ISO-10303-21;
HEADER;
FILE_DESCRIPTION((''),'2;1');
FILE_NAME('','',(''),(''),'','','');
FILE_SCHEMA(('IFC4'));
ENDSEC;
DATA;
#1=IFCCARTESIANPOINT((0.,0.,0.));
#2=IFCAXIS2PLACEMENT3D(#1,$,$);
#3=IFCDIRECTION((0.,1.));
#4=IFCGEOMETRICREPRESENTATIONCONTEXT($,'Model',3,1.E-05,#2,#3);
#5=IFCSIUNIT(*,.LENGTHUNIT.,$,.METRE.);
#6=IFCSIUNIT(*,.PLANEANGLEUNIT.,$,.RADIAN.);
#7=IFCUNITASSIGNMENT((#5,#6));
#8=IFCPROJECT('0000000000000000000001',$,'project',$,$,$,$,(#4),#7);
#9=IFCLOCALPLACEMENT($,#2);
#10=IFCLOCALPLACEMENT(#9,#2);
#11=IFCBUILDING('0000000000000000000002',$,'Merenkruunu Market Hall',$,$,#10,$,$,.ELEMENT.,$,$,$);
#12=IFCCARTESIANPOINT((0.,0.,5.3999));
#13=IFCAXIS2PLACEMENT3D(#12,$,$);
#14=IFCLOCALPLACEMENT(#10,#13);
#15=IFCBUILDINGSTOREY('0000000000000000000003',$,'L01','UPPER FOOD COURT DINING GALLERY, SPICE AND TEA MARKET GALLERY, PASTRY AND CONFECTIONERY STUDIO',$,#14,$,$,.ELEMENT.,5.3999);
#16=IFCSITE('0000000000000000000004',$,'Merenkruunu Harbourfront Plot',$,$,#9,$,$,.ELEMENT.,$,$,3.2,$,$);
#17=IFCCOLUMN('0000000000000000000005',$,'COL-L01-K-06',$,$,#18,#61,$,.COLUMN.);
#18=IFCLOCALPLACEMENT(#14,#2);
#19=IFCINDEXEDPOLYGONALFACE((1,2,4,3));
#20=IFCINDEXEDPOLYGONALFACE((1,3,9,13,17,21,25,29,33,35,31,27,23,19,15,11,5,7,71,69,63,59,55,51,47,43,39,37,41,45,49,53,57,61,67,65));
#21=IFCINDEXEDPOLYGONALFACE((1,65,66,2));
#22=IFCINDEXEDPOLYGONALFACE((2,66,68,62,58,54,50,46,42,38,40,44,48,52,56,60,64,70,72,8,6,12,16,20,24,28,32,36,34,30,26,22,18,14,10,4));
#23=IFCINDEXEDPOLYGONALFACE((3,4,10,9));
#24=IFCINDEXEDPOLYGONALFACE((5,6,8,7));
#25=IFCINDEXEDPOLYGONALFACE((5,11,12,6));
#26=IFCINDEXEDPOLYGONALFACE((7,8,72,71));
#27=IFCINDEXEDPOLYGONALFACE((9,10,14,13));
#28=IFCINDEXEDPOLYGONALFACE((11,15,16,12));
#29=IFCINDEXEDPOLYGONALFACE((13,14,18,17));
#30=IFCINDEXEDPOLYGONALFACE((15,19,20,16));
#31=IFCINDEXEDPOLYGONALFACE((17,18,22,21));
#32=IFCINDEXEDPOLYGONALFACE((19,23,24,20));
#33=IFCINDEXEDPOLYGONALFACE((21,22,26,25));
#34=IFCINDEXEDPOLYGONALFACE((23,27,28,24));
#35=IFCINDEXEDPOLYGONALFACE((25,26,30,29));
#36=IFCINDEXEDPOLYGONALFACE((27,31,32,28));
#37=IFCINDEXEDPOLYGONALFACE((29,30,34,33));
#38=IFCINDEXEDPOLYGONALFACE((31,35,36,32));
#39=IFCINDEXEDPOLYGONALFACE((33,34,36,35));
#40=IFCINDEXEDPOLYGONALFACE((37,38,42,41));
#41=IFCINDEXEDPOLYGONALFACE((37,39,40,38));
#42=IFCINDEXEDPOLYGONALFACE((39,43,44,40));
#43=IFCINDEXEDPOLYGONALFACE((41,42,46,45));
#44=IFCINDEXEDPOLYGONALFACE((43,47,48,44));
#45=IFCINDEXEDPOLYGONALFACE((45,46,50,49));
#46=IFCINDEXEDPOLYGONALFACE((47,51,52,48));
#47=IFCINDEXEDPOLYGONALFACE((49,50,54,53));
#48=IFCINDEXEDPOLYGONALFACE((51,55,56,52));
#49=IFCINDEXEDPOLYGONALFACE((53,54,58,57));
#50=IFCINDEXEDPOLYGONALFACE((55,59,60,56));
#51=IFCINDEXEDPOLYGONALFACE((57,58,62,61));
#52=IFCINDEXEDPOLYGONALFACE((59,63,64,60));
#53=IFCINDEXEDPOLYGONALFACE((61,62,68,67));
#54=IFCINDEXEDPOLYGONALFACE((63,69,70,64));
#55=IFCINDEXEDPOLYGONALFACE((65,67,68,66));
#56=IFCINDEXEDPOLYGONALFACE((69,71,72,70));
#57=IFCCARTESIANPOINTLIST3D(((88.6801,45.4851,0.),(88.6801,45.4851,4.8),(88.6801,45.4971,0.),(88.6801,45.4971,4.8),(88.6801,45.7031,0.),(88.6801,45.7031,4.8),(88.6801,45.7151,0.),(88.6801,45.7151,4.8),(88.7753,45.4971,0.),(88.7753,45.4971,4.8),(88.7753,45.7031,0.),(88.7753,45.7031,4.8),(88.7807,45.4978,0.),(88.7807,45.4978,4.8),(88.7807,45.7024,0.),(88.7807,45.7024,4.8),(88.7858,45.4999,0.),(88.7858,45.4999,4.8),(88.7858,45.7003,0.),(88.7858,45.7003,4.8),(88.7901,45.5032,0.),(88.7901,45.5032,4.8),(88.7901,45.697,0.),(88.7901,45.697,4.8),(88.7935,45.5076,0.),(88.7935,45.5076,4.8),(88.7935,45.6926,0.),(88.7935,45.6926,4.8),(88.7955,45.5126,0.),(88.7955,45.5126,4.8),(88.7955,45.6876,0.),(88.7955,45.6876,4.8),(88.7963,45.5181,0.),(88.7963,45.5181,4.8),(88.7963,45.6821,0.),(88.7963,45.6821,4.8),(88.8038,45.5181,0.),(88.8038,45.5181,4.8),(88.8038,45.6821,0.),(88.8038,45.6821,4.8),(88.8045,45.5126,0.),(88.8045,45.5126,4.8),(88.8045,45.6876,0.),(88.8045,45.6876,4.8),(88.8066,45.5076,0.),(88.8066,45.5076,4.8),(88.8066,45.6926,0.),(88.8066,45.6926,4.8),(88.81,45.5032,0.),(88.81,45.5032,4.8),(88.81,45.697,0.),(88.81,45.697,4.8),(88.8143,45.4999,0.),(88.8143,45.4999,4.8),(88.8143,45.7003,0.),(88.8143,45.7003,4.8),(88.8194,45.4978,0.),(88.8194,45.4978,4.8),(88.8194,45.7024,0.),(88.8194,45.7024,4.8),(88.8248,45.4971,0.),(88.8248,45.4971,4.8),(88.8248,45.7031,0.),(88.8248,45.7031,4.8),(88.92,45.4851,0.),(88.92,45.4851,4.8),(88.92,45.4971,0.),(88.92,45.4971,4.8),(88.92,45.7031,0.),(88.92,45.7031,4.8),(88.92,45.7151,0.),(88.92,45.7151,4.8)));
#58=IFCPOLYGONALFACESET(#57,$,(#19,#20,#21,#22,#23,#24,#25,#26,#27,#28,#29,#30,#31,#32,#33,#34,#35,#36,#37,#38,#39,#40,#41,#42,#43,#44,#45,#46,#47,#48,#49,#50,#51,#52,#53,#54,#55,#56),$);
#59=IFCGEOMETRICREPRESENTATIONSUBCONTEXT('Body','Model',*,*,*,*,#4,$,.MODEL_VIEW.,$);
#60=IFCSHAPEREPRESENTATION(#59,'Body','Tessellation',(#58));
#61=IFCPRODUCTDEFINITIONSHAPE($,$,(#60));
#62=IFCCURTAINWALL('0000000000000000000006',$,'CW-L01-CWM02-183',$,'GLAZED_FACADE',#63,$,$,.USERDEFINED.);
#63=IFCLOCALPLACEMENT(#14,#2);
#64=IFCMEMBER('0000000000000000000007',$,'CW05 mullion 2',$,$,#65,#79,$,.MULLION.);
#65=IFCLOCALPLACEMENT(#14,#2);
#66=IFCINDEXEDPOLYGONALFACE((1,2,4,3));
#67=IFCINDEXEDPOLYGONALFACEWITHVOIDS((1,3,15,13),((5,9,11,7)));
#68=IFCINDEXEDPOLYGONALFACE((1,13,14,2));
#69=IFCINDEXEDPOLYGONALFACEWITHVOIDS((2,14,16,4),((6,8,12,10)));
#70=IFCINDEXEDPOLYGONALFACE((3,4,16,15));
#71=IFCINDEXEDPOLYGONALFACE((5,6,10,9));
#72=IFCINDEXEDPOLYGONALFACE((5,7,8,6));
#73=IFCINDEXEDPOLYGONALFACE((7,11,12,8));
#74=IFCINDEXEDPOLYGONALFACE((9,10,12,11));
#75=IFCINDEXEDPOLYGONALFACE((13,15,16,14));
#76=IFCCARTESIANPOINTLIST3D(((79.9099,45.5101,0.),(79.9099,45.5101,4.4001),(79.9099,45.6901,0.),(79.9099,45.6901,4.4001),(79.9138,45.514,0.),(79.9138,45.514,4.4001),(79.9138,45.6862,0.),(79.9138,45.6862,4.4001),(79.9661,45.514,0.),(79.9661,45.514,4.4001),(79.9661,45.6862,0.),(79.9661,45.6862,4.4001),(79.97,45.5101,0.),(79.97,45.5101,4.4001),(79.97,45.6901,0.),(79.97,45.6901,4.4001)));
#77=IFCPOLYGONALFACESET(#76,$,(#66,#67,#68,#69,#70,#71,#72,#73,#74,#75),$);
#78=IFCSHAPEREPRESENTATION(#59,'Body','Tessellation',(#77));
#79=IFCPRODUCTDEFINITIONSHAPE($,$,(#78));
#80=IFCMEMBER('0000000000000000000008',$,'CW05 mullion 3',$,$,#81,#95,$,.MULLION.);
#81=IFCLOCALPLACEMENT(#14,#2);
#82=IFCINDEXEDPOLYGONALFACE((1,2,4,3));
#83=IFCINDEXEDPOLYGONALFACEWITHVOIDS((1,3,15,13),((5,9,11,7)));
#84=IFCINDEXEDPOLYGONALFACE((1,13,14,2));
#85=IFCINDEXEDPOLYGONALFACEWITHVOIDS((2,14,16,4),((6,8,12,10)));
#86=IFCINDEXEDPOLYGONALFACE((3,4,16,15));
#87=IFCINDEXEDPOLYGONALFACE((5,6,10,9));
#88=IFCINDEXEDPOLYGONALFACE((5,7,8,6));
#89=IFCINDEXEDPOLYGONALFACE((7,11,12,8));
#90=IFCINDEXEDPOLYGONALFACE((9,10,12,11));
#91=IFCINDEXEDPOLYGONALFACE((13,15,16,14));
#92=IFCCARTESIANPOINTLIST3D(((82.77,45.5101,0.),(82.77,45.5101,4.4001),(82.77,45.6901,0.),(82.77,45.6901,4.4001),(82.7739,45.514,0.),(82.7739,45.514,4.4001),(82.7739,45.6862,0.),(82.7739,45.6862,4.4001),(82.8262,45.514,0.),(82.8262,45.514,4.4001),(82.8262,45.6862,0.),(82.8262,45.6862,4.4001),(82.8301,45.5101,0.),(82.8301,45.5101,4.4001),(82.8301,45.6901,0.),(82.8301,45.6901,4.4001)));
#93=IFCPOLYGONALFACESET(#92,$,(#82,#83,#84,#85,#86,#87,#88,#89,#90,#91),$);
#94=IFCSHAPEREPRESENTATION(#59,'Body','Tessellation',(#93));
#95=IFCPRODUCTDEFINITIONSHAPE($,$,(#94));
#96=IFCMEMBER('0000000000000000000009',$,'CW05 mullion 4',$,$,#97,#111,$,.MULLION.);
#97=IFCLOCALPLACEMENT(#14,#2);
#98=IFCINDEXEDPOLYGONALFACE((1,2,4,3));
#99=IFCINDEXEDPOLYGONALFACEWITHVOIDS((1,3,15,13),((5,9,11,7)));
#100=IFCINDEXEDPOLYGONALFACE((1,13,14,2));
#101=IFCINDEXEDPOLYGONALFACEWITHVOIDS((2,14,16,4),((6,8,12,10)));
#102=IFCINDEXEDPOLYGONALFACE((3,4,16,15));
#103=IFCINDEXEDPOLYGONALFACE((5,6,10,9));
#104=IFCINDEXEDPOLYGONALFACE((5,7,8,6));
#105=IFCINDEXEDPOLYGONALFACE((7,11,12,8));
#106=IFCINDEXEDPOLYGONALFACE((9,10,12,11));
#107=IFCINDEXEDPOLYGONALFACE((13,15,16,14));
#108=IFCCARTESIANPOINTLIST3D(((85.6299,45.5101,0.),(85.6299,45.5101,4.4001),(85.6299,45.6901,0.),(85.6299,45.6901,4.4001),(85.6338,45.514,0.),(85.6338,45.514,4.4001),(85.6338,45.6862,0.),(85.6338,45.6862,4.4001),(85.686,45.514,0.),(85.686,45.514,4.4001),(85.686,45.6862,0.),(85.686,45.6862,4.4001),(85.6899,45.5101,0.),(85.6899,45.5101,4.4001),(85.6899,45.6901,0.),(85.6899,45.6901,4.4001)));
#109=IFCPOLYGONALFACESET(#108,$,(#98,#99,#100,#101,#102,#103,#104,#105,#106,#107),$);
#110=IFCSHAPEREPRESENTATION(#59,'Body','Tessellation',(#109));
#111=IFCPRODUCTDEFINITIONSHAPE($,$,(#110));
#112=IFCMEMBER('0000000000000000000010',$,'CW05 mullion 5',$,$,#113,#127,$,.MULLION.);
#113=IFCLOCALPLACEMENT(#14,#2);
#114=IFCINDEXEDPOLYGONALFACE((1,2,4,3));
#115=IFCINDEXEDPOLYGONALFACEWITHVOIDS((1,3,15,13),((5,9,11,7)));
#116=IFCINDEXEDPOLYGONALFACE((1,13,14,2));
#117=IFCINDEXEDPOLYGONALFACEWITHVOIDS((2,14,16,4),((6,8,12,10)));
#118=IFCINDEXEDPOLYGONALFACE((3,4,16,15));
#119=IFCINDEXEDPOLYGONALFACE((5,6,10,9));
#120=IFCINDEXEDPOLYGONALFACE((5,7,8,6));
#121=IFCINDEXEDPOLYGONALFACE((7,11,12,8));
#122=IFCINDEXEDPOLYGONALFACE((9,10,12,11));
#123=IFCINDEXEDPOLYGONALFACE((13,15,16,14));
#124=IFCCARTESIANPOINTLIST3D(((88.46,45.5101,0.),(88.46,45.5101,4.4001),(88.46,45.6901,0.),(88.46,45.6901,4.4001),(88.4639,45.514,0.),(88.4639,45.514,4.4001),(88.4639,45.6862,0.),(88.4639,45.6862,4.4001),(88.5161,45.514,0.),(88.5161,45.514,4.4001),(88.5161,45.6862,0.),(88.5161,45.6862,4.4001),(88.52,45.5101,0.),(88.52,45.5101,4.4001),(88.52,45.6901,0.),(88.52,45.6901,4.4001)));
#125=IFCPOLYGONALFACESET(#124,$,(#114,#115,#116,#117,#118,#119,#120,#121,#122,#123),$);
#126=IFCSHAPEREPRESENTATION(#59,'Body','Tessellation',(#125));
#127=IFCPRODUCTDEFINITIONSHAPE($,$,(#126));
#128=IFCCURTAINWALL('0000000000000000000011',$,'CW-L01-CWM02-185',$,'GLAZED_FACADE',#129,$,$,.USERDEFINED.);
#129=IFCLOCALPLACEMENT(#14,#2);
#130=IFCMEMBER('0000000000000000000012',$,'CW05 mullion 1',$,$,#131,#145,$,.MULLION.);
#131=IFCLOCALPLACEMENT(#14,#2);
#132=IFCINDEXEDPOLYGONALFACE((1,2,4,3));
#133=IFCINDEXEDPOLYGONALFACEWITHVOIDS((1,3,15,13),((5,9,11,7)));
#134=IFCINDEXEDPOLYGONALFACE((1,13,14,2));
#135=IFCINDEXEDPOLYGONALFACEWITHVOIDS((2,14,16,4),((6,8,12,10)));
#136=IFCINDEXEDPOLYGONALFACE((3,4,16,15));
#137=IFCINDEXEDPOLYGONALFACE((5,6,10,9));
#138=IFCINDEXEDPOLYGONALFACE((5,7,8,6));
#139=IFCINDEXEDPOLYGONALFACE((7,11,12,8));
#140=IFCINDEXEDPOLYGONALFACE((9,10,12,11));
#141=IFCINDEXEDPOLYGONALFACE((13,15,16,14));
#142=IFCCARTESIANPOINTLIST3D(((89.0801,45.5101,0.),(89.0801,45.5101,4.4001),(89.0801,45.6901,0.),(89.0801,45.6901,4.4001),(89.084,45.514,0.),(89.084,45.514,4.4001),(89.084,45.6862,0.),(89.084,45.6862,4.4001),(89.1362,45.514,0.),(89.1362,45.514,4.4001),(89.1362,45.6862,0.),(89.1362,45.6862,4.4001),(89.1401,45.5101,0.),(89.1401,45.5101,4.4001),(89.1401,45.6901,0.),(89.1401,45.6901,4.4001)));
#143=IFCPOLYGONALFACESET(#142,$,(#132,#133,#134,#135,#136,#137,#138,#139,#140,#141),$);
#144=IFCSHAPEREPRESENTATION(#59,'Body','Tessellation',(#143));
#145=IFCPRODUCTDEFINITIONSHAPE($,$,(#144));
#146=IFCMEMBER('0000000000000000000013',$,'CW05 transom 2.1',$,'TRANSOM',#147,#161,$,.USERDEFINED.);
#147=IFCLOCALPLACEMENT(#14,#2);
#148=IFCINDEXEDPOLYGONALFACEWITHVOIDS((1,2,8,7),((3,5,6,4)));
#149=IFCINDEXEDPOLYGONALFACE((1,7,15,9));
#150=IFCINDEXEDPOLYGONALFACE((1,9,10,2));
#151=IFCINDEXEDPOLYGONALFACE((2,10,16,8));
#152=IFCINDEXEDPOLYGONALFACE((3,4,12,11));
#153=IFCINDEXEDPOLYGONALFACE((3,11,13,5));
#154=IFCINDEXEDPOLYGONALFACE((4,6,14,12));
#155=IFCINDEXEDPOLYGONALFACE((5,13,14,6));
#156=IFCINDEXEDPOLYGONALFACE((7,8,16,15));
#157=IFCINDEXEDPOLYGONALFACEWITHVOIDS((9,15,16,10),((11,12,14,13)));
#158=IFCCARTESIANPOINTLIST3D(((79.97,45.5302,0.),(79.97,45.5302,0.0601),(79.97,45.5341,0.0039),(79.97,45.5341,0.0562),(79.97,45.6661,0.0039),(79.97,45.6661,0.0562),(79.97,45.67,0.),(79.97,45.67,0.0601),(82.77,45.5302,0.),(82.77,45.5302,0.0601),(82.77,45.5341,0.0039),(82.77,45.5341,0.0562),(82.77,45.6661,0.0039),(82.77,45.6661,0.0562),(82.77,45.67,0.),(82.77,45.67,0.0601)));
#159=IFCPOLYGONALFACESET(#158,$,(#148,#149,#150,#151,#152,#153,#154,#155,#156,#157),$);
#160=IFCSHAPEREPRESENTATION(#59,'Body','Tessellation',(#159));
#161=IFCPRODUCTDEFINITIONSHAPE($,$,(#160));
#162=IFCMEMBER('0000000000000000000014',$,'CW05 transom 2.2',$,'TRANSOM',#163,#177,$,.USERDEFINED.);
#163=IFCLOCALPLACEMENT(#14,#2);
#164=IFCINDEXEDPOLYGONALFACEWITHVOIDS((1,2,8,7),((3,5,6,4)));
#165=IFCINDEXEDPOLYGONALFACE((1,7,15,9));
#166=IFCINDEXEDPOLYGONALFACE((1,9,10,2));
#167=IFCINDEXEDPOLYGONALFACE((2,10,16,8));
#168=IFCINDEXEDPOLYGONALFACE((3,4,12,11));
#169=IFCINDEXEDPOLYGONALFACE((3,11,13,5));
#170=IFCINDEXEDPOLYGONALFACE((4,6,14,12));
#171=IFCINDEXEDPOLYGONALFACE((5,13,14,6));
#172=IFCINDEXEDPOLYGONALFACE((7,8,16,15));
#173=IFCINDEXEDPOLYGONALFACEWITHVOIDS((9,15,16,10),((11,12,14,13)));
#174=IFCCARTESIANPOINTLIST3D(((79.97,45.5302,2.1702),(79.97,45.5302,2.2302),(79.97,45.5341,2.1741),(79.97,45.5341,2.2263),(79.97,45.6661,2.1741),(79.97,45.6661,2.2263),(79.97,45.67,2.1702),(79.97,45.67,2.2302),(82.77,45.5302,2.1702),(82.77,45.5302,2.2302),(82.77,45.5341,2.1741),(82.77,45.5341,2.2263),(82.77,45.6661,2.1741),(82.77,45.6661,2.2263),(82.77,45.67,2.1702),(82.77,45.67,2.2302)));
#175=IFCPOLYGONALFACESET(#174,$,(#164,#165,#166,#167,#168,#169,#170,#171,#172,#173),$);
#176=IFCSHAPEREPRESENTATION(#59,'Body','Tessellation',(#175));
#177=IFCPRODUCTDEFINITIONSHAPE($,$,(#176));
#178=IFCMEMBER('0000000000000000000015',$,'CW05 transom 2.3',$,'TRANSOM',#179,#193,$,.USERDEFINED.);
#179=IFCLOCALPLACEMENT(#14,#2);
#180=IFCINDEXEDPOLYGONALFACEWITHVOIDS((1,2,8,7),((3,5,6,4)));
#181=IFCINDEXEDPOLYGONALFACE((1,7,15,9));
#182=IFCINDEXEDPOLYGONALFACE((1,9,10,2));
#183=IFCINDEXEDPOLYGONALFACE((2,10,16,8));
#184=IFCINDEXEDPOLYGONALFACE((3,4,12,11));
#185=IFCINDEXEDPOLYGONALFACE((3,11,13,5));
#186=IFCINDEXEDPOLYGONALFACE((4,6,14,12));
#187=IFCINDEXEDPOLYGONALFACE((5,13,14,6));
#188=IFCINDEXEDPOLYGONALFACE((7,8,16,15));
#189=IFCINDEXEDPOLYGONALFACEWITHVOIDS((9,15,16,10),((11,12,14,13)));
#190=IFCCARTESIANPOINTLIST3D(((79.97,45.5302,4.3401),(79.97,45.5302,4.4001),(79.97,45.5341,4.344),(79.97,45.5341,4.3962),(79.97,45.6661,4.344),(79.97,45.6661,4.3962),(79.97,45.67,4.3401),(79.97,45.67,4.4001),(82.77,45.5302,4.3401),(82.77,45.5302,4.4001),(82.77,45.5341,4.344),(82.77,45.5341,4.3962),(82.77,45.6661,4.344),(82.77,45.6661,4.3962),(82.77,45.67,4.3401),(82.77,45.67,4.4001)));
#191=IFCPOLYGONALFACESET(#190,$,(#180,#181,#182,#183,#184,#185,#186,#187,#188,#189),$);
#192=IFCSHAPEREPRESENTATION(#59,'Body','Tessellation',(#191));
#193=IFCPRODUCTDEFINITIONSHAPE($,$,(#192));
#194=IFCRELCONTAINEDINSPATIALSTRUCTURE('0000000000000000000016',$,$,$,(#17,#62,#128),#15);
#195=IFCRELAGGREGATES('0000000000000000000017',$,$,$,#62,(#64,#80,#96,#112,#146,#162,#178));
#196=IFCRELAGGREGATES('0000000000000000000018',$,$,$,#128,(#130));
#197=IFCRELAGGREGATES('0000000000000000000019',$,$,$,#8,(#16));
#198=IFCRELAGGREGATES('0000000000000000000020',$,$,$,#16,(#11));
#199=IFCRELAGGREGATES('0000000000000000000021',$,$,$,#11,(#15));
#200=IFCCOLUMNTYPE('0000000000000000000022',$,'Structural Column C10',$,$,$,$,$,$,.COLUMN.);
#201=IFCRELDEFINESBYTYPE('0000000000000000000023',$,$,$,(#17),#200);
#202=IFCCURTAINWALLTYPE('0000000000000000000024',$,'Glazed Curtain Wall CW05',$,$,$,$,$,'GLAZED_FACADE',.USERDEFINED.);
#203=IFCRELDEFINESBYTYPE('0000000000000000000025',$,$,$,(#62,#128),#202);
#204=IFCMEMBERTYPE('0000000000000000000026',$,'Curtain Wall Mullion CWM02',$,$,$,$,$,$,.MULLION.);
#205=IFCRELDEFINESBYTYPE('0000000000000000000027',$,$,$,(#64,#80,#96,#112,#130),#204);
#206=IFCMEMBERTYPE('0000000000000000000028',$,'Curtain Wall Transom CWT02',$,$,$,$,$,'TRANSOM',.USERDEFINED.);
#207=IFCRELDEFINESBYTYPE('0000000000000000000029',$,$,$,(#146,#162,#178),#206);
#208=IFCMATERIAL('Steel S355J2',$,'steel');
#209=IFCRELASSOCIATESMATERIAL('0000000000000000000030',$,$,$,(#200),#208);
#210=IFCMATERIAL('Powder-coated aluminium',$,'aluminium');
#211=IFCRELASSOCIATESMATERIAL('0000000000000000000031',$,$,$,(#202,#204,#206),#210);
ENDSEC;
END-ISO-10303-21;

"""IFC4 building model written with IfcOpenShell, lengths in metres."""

from ifc_helpers import new_model, si_unit, direction, frame, origin, origin_2d, place, context, subcontext, project, spatial, hollow_rectangle, i_section, extrude, material, material_profile, profile_set, type_object, element, aggregate, save


model = new_model("IFC4")

# Units and contexts
model_context = context("Model", 3, precision=1e-05, world=origin(), true_north=direction((0.0, 1.0)))
body_context = subcontext(model_context, "Body", "Model", "MODEL_VIEW")
ifc_project = project(units=[si_unit("LENGTHUNIT", "METRE"), si_unit("PLANEANGLEUNIT", "RADIAN")], contexts=[model_context])

# Site, building, storey
site_placement = place(None, origin())
site = spatial("IfcSite", under=ifc_project, at=site_placement, Name="Merenkruunu Harbourfront Plot", CompositionType="ELEMENT", RefElevation=3.2)
building_placement = place(site_placement, origin())
building = spatial("IfcBuilding", under=site, at=building_placement, Name="Merenkruunu Market Hall", CompositionType="ELEMENT")
storey_placement = place(building_placement, frame((0.0, 0.0, 5.3999)))
storey = spatial("IfcBuildingStorey", under=building, at=storey_placement, Name="L01", Description="UPPER FOOD COURT DINING GALLERY, SPICE AND TEA MARKET GALLERY, PASTRY AND CONFECTIONERY STUDIO", CompositionType="ELEMENT", Elevation=5.3999)

# Column
ifc_material_1 = material(Name="Steel S355J2", Category="steel")
ifc_material_profile_1 = material_profile(ifc_material_1, i_section(OverallWidth=0.24, OverallDepth=0.23, WebThickness=0.0076, FlangeThickness=0.012, FilletRadius=0.021, at=origin_2d()), Name="HEA 240")
ifc_profile_set_1 = profile_set([ifc_material_profile_1], Name="Steel S355J2")
column_type = type_object("IfcColumnType", Name="Structural Column C10", PredefinedType="COLUMN", material=ifc_profile_set_1)
column_placement = place(storey_placement, frame((88.8, 45.6001, 0.0), z_axis=(0.0, 0.0, 1.0), x_axis=(1.0, 0.0, 0.0)))
element("IfcColumn", 1, at=column_placement, inside=storey, type_object=column_type, Name="COL-L01-K-06", PredefinedType="COLUMN", context=body_context, shape_type="SweptSolid", body=[
    extrude(i_section(OverallWidth=0.24, OverallDepth=0.23, WebThickness=0.0076, FlangeThickness=0.012, FilletRadius=0.021, at=origin_2d()), origin(), (0.0, 0.0, 1.0), 4.8),
])

# Curtain wall, members
ifc_material_2 = material(Name="Powder-coated aluminium", Category="aluminium")
curtain_wall_type = type_object("IfcCurtainWallType", Name="Glazed Curtain Wall CW05", ElementType="GLAZED_FACADE", PredefinedType="USERDEFINED", material=ifc_material_2)
curtain_wall_1_placement = place(storey_placement, origin())
curtain_wall_1 = element("IfcCurtainWall", 2, at=curtain_wall_1_placement, inside=storey, type_object=curtain_wall_type, Name="CW-L01-CWM02-183", ObjectType="GLAZED_FACADE", PredefinedType="USERDEFINED")
ifc_material_profile_2 = material_profile(ifc_material_2, hollow_rectangle(XDim=0.0601, YDim=0.1799, WallThickness=0.0039, at=origin_2d()), Name="ALU 60x180x4")
ifc_profile_set_2 = profile_set([ifc_material_profile_2], Name="Powder-coated aluminium")
member_type_1 = type_object("IfcMemberType", Name="Curtain Wall Mullion CWM02", PredefinedType="MULLION", material=ifc_profile_set_2)
member_1_placement = place(storey_placement, frame((79.9399, 45.6001, 0.0), z_axis=(0.0, 0.0, 1.0), x_axis=(1.0, 0.0, 0.0)))
member_1 = element("IfcMember", 3, at=member_1_placement, type_object=member_type_1, Name="CW05 mullion 2", PredefinedType="MULLION", context=body_context, shape_type="SweptSolid", body=[
    extrude(hollow_rectangle(XDim=0.0601, YDim=0.1799, WallThickness=0.0039, at=origin_2d()), origin(), (0.0, 0.0, 1.0), 4.4001),
])
member_2_placement = place(storey_placement, frame((82.8, 45.6001, 0.0), z_axis=(0.0, 0.0, 1.0), x_axis=(1.0, 0.0, 0.0)))
member_2 = element("IfcMember", 4, at=member_2_placement, type_object=member_type_1, Name="CW05 mullion 3", PredefinedType="MULLION", context=body_context, shape_type="SweptSolid", body=[
    extrude(hollow_rectangle(XDim=0.0601, YDim=0.1799, WallThickness=0.0039, at=origin_2d()), origin(), (0.0, 0.0, 1.0), 4.4001),
])
member_3_placement = place(storey_placement, frame((85.6599, 45.6001, 0.0), z_axis=(0.0, 0.0, 1.0), x_axis=(1.0, 0.0, 0.0)))
member_3 = element("IfcMember", 5, at=member_3_placement, type_object=member_type_1, Name="CW05 mullion 4", PredefinedType="MULLION", context=body_context, shape_type="SweptSolid", body=[
    extrude(hollow_rectangle(XDim=0.0601, YDim=0.1799, WallThickness=0.0039, at=origin_2d()), origin(), (0.0, 0.0, 1.0), 4.4001),
])
member_4_placement = place(storey_placement, frame((88.49, 45.6001, 0.0), z_axis=(0.0, 0.0, 1.0), x_axis=(1.0, 0.0, 0.0)))
member_4 = element("IfcMember", 6, at=member_4_placement, type_object=member_type_1, Name="CW05 mullion 5", PredefinedType="MULLION", context=body_context, shape_type="SweptSolid", body=[
    extrude(hollow_rectangle(XDim=0.0601, YDim=0.1799, WallThickness=0.0039, at=origin_2d()), origin(), (0.0, 0.0, 1.0), 4.4001),
])

# Curtain wall, member
curtain_wall_2_placement = place(storey_placement, origin())
curtain_wall_2 = element("IfcCurtainWall", 7, at=curtain_wall_2_placement, inside=storey, type_object=curtain_wall_type, Name="CW-L01-CWM02-185", ObjectType="GLAZED_FACADE", PredefinedType="USERDEFINED")
member_5_placement = place(storey_placement, frame((89.1101, 45.6001, 0.0), z_axis=(0.0, 0.0, 1.0), x_axis=(1.0, 0.0, 0.0)))
member_5 = element("IfcMember", 8, at=member_5_placement, type_object=member_type_1, Name="CW05 mullion 1", PredefinedType="MULLION", context=body_context, shape_type="SweptSolid", body=[
    extrude(hollow_rectangle(XDim=0.0601, YDim=0.1799, WallThickness=0.0039, at=origin_2d()), origin(), (0.0, 0.0, 1.0), 4.4001),
])

# Members
ifc_material_profile_3 = material_profile(ifc_material_2, hollow_rectangle(XDim=0.0601, YDim=0.1399, WallThickness=0.0039, at=origin_2d()), Name="ALU 60x140x4")
ifc_profile_set_3 = profile_set([ifc_material_profile_3], Name="Powder-coated aluminium")
member_type_2 = type_object("IfcMemberType", Name="Curtain Wall Transom CWT02", ElementType="TRANSOM", PredefinedType="USERDEFINED", material=ifc_profile_set_3)
member_6_placement = place(storey_placement, frame((79.97, 45.6001, 0.03), z_axis=(1.0, 0.0, 0.0), x_axis=(0.0, 0.0, 1.0)))
member_6 = element("IfcMember", 9, at=member_6_placement, type_object=member_type_2, Name="CW05 transom 2.1", ObjectType="TRANSOM", PredefinedType="USERDEFINED", context=body_context, shape_type="SweptSolid", body=[
    extrude(hollow_rectangle(XDim=0.0601, YDim=0.1399, WallThickness=0.0039, at=origin_2d()), origin(), (0.0, 0.0, 1.0), 2.8),
])
member_7_placement = place(storey_placement, frame((79.97, 45.6001, 2.2002), z_axis=(1.0, 0.0, 0.0), x_axis=(0.0, 0.0, 1.0)))
member_7 = element("IfcMember", 10, at=member_7_placement, type_object=member_type_2, Name="CW05 transom 2.2", ObjectType="TRANSOM", PredefinedType="USERDEFINED", context=body_context, shape_type="SweptSolid", body=[
    extrude(hollow_rectangle(XDim=0.0601, YDim=0.1399, WallThickness=0.0039, at=origin_2d()), origin(), (0.0, 0.0, 1.0), 2.8),
])
member_8_placement = place(storey_placement, frame((79.97, 45.6001, 4.3701), z_axis=(1.0, 0.0, 0.0), x_axis=(0.0, 0.0, 1.0)))
member_8 = element("IfcMember", 11, at=member_8_placement, type_object=member_type_2, Name="CW05 transom 2.3", ObjectType="TRANSOM", PredefinedType="USERDEFINED", context=body_context, shape_type="SweptSolid", body=[
    extrude(hollow_rectangle(XDim=0.0601, YDim=0.1399, WallThickness=0.0039, at=origin_2d()), origin(), (0.0, 0.0, 1.0), 2.8),
])

aggregate(curtain_wall_1, [member_1, member_2, member_3, member_4, member_6, member_7, member_8])
aggregate(curtain_wall_2, [member_5])

save(model, "model.ifc")
